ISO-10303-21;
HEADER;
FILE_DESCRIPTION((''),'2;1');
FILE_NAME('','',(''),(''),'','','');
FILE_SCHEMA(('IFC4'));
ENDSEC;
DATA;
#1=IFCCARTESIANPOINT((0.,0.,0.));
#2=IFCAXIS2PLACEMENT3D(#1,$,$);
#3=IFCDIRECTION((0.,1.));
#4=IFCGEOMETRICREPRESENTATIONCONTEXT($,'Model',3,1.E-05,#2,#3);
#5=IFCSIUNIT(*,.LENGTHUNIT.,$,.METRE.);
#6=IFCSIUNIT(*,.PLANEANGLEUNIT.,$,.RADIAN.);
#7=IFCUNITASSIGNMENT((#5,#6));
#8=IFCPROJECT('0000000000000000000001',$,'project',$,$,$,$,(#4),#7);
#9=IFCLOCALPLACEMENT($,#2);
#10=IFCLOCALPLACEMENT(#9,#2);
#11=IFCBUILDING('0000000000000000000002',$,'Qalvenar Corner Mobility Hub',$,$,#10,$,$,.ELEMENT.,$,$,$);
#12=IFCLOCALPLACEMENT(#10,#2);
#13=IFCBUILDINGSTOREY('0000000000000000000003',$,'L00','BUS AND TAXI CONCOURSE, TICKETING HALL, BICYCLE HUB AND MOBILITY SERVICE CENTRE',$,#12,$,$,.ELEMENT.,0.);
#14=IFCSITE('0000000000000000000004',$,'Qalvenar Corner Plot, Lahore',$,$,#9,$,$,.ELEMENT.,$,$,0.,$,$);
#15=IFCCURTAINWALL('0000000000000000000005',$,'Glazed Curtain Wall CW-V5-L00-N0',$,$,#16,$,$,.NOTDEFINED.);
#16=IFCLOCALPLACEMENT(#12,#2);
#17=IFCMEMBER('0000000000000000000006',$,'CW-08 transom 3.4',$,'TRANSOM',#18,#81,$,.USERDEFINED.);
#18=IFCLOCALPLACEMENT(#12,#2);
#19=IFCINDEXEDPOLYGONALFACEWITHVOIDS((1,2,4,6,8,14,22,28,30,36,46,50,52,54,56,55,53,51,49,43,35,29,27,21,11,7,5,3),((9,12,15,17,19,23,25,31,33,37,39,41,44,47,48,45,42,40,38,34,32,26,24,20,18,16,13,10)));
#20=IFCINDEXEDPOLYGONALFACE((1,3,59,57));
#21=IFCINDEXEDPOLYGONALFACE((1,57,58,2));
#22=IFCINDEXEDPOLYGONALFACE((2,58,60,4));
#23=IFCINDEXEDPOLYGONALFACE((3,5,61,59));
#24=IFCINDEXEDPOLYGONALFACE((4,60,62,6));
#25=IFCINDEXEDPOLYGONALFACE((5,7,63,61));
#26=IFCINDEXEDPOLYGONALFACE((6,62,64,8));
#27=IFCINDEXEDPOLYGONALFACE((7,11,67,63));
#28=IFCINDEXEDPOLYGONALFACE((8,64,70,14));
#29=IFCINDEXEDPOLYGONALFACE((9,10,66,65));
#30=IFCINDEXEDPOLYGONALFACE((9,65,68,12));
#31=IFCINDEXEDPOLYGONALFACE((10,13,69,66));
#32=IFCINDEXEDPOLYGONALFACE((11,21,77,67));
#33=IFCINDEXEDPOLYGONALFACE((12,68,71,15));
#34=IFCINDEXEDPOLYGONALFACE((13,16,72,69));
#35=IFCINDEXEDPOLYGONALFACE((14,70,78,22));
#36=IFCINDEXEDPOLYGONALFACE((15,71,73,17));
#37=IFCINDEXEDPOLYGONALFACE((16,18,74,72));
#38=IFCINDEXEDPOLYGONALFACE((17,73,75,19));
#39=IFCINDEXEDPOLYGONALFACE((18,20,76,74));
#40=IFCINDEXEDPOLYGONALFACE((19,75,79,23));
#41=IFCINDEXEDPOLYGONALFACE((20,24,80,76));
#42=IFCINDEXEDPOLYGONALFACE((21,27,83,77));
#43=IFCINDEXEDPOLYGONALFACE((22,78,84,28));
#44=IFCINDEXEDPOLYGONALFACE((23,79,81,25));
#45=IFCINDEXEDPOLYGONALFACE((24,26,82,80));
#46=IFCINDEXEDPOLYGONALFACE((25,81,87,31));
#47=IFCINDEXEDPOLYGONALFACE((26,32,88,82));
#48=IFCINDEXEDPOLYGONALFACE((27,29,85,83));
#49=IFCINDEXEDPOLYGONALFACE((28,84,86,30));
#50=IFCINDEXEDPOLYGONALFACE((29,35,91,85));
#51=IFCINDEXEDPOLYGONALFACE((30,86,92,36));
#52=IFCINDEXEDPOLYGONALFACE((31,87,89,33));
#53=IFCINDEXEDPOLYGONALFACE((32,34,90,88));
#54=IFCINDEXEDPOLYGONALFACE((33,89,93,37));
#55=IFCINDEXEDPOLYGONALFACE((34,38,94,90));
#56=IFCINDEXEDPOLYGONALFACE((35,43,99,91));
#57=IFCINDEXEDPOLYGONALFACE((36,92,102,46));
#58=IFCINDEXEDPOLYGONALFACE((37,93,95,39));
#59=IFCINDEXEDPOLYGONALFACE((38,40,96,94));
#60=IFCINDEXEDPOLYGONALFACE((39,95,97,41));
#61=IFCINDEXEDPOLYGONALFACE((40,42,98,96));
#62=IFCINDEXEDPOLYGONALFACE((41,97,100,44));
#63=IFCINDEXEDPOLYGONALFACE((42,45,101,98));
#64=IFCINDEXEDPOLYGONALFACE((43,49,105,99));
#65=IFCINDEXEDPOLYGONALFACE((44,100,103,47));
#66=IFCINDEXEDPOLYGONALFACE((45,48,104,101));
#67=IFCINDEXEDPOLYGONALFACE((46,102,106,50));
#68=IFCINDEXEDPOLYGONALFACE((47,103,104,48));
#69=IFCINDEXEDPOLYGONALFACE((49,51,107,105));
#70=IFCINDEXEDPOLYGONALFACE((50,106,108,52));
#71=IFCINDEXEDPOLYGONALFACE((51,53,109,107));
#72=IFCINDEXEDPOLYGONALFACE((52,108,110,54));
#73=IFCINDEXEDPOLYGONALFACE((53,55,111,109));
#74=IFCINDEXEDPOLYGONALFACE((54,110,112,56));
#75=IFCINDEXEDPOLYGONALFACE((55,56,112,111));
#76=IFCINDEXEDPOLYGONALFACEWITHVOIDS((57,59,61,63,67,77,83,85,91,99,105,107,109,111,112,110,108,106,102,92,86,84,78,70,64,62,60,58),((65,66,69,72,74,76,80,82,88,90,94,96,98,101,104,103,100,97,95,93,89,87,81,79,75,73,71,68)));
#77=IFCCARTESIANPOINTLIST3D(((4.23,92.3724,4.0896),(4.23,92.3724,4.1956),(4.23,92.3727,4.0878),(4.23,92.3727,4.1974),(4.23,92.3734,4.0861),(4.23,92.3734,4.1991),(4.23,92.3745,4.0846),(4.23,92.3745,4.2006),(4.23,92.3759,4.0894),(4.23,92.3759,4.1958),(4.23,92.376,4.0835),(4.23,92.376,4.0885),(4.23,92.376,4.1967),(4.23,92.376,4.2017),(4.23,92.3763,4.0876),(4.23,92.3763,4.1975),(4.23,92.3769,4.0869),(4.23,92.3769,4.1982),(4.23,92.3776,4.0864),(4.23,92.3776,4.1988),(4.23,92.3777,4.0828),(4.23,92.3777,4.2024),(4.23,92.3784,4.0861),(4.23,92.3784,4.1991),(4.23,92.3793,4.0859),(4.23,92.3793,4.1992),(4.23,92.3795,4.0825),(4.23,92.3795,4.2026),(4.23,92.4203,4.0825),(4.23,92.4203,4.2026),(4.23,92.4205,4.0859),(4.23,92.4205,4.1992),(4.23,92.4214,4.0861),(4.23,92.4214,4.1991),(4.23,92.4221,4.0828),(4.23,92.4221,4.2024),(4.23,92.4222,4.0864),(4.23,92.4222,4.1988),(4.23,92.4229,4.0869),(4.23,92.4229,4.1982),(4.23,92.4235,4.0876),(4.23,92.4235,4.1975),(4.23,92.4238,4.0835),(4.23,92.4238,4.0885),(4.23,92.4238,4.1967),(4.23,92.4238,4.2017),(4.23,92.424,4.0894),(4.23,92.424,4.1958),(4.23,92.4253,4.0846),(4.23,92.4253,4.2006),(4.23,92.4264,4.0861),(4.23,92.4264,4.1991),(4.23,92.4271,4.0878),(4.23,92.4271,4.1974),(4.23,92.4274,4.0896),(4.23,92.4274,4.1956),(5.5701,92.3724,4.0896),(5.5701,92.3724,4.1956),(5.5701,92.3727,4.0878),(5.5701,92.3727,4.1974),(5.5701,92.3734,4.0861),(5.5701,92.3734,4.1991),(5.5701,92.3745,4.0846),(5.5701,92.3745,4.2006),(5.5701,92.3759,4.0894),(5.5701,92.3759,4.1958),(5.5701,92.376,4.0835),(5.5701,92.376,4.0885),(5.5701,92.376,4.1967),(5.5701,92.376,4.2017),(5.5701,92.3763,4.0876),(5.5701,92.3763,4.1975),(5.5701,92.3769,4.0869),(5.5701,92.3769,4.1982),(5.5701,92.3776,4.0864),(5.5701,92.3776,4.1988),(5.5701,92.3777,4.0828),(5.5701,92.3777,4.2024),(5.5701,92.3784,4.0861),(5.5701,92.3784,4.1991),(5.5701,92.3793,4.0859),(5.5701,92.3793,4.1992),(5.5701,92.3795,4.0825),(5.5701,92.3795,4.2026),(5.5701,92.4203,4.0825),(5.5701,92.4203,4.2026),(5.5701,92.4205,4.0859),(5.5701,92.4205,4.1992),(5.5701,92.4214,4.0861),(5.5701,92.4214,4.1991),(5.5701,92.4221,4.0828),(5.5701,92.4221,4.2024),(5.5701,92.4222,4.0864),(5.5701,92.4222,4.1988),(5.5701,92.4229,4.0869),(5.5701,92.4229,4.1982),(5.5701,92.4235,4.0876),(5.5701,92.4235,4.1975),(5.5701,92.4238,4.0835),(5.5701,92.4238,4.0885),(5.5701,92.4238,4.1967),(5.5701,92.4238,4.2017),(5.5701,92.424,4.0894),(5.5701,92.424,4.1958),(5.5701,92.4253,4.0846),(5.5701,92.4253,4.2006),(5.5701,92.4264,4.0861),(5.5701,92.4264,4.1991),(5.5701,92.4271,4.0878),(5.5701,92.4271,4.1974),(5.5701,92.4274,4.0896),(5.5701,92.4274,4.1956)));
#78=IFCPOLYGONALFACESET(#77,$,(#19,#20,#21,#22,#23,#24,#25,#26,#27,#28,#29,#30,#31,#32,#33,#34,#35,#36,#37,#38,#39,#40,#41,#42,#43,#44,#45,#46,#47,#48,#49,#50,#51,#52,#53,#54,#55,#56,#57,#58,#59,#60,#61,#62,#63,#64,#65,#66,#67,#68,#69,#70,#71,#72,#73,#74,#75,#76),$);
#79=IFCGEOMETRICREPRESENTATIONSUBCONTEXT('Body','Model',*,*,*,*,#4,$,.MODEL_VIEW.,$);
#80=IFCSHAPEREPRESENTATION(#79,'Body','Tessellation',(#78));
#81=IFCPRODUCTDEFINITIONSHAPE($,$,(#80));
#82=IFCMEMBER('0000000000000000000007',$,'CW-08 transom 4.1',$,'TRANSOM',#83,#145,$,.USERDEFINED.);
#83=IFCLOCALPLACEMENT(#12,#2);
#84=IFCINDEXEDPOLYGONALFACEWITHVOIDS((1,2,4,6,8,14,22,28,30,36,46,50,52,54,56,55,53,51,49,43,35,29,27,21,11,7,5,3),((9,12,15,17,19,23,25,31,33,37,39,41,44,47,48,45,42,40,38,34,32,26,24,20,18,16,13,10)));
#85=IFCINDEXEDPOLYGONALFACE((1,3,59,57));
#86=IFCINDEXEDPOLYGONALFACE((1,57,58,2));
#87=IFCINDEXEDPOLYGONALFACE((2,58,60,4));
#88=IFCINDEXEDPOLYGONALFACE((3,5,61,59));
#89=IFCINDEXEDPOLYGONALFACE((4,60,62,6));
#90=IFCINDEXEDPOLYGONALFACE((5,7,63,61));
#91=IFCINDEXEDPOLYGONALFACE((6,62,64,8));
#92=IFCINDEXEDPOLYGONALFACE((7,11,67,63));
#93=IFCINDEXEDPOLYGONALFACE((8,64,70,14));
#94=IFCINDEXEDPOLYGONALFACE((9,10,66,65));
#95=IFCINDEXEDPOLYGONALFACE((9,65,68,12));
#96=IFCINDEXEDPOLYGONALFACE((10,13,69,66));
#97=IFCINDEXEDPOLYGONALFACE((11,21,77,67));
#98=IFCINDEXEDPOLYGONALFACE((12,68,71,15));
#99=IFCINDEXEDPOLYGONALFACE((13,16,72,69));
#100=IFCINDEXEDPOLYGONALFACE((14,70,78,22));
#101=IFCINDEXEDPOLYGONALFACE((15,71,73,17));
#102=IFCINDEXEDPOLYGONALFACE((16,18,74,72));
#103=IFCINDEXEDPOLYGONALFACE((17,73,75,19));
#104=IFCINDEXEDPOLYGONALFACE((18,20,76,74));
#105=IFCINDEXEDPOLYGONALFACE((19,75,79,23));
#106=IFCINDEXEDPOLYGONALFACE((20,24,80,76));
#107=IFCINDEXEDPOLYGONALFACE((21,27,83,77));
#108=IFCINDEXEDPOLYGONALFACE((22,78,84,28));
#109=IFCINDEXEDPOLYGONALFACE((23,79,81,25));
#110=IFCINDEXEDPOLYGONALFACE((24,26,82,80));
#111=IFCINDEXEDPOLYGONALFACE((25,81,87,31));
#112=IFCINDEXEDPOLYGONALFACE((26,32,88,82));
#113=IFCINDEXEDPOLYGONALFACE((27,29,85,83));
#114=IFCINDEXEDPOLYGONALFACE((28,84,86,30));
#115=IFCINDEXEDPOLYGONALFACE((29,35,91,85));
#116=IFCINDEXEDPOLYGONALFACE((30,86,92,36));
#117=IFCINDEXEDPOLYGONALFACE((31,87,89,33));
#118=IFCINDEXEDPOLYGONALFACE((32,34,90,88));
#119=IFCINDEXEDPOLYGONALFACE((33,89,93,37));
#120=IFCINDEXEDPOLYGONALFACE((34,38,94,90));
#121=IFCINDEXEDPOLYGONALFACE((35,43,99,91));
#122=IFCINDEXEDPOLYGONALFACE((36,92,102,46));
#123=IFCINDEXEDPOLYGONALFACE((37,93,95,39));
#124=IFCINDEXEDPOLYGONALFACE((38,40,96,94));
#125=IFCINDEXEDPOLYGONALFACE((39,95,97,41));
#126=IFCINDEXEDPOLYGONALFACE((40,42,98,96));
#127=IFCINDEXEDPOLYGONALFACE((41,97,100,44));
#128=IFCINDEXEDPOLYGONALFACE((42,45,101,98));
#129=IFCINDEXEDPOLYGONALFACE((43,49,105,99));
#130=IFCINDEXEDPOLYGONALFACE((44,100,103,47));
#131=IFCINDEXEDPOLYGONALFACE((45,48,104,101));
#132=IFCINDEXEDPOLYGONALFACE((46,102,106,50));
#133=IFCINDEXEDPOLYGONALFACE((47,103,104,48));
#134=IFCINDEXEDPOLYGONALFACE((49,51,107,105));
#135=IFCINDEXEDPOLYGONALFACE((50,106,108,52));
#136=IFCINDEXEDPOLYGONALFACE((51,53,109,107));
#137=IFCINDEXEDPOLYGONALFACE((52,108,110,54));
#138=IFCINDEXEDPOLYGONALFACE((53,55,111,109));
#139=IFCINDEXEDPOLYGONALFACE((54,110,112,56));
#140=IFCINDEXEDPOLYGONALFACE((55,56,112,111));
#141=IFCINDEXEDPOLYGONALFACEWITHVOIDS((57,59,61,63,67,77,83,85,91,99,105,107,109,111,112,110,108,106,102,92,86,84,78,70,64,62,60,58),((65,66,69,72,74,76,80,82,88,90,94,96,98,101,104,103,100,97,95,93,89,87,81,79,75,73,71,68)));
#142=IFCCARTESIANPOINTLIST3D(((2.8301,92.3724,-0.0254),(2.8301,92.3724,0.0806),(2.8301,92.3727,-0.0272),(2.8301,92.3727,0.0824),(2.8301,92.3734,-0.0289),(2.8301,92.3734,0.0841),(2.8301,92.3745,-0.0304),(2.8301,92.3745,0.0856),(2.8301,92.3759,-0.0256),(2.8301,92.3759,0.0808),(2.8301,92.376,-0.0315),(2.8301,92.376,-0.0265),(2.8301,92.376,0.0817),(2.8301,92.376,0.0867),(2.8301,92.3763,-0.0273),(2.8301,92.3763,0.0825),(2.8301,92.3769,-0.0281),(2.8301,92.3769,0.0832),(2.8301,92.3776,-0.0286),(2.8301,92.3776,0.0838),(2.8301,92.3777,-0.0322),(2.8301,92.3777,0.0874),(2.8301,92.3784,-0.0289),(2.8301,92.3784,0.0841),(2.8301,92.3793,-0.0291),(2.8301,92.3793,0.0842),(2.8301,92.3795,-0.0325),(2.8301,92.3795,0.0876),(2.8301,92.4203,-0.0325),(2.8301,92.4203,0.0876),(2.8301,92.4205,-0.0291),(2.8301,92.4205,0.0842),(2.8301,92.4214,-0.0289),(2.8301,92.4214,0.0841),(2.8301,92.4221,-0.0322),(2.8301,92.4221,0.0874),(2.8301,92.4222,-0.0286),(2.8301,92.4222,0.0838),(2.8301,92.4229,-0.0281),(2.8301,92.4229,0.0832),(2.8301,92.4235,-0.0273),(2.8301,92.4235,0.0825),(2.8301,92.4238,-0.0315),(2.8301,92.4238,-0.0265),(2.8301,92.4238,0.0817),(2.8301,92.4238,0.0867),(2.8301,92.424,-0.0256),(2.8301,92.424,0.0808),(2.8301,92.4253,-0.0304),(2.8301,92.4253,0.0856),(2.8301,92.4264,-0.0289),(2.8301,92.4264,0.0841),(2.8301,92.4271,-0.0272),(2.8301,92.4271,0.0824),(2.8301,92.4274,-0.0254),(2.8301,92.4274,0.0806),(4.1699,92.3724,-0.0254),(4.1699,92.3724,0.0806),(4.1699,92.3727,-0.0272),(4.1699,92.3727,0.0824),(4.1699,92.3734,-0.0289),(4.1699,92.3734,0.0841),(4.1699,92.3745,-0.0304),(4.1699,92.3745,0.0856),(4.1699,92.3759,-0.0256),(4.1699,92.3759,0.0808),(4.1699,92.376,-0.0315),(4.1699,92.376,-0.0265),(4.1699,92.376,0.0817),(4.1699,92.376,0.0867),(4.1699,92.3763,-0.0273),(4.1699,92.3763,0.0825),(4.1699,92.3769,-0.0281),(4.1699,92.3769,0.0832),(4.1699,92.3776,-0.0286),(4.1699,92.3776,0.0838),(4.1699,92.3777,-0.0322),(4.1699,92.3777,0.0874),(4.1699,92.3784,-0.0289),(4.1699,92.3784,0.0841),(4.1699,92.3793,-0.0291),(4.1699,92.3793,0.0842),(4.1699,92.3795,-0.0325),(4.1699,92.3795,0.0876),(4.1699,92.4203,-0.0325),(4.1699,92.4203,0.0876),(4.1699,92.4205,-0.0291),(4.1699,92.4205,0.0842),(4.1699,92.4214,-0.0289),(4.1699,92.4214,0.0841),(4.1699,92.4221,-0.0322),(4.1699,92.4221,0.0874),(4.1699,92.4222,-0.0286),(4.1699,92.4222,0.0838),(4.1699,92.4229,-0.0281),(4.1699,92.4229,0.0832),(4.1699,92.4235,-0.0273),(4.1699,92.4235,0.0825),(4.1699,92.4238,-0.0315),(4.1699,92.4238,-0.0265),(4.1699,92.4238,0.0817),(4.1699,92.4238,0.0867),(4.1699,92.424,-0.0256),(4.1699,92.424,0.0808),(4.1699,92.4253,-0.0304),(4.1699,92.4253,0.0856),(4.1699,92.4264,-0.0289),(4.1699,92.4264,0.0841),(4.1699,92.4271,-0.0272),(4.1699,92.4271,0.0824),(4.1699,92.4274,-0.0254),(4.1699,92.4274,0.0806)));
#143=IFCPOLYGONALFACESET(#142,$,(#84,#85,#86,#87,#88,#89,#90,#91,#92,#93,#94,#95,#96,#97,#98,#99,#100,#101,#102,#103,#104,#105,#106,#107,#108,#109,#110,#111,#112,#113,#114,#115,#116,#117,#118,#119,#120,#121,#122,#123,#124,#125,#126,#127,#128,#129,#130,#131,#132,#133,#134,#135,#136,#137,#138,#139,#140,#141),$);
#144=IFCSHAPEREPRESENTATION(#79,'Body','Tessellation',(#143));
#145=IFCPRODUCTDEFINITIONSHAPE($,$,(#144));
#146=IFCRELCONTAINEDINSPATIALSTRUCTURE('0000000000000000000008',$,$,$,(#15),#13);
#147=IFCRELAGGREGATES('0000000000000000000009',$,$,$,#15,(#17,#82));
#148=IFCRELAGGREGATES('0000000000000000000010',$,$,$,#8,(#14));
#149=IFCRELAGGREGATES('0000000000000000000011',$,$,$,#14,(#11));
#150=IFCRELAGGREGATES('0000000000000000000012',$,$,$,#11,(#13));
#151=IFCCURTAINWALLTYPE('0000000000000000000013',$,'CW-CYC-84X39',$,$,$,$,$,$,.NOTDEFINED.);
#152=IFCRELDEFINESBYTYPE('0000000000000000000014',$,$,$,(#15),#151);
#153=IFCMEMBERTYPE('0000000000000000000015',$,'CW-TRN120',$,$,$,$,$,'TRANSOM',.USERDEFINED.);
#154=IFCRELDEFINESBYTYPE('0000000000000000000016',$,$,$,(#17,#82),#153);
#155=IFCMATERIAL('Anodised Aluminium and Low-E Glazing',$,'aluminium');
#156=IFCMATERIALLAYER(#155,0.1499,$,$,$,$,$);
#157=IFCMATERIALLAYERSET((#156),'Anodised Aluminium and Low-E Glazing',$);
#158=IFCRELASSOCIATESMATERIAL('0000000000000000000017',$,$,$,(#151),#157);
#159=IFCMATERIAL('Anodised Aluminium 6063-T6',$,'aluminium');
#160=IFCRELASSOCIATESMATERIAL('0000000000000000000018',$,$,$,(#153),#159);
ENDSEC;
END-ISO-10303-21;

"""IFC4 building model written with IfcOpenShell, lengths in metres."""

from ifc_helpers import new_model, si_unit, direction, frame, origin, origin_2d, place, context, subcontext, project, spatial, hollow_rectangle, extrude, material, layer, layer_set, material_profile, profile_set, type_object, element, aggregate, save


model = new_model("IFC4")

# Units and contexts
model_context = context("Model", 3, precision=1e-05, world=origin(), true_north=direction((0.0, 1.0)))
body_context = subcontext(model_context, "Body", "Model", "MODEL_VIEW")
ifc_project = project(units=[si_unit("LENGTHUNIT", "METRE"), si_unit("PLANEANGLEUNIT", "RADIAN")], contexts=[model_context])

# Site, building, storey
site_placement = place(None, origin())
site = spatial("IfcSite", under=ifc_project, at=site_placement, Name="Qalvenar Corner Plot, Lahore", CompositionType="ELEMENT", RefElevation=0.0)
building_placement = place(site_placement, origin())
building = spatial("IfcBuilding", under=site, at=building_placement, Name="Qalvenar Corner Mobility Hub", CompositionType="ELEMENT")
storey_placement = place(building_placement, origin())
storey = spatial("IfcBuildingStorey", under=building, at=storey_placement, Name="L00", Description="BUS AND TAXI CONCOURSE, TICKETING HALL, BICYCLE HUB AND MOBILITY SERVICE CENTRE", CompositionType="ELEMENT", Elevation=0.0)

# Curtain wall, members
ifc_material_1 = material(Name="Anodised Aluminium and Low-E Glazing", Category="aluminium")
ifc_layer_1 = layer(ifc_material_1, 0.1499)
ifc_layer_set_1 = layer_set([ifc_layer_1], Name="Anodised Aluminium and Low-E Glazing")
curtain_wall_type = type_object("IfcCurtainWallType", Name="CW-CYC-84X39", PredefinedType="NOTDEFINED", material=ifc_layer_set_1)
curtain_wall_placement = place(storey_placement, origin())
curtain_wall = element("IfcCurtainWall", 1, at=curtain_wall_placement, inside=storey, type_object=curtain_wall_type, Name="Glazed Curtain Wall CW-V5-L00-N0", PredefinedType="NOTDEFINED")
ifc_material_2 = material(Name="Anodised Aluminium 6063-T6", Category="aluminium")
ifc_material_profile_1 = material_profile(ifc_material_2, hollow_rectangle(XDim=0.0549, YDim=0.1201, WallThickness=0.0034, InnerFilletRadius=0.0034, OuterFilletRadius=0.0071, at=origin_2d()), Name="RHS120x55x3.5")
ifc_profile_set_1 = profile_set([ifc_material_profile_1], Name="Anodised Aluminium 6063-T6")
member_type_1 = type_object("IfcMemberType", Name="CW-TRN120", ElementType="TRANSOM", PredefinedType="USERDEFINED", material=ifc_profile_set_1)
member_1_placement = place(storey_placement, frame((5.5701, 92.3999, 4.1426), z_axis=(-1.0, 0.0, 0.0), x_axis=(0.0, -1.0, 0.0)))
member_1 = element("IfcMember", 2, at=member_1_placement, type_object=member_type_1, Name="CW-08 transom 3.4", ObjectType="TRANSOM", PredefinedType="USERDEFINED", context=body_context, shape_type="SweptSolid", body=[
    extrude(hollow_rectangle(XDim=0.0549, YDim=0.1201, WallThickness=0.0034, InnerFilletRadius=0.0034, OuterFilletRadius=0.0071, at=origin_2d()), origin(), (0.0, 0.0, 1.0), 1.3401),
])
member_2_placement = place(storey_placement, frame((4.1699, 92.3999, 0.0276), z_axis=(-1.0, 0.0, 0.0), x_axis=(0.0, -1.0, 0.0)))
member_2 = element("IfcMember", 3, at=member_2_placement, type_object=member_type_1, Name="CW-08 transom 4.1", ObjectType="TRANSOM", PredefinedType="USERDEFINED", context=body_context, shape_type="SweptSolid", body=[
    extrude(hollow_rectangle(XDim=0.0549, YDim=0.1201, WallThickness=0.0034, InnerFilletRadius=0.0034, OuterFilletRadius=0.0071, at=origin_2d()), origin(), (0.0, 0.0, 1.0), 1.3398),
])
aggregate(curtain_wall, [member_1, member_2])

save(model, "model.ifc")
